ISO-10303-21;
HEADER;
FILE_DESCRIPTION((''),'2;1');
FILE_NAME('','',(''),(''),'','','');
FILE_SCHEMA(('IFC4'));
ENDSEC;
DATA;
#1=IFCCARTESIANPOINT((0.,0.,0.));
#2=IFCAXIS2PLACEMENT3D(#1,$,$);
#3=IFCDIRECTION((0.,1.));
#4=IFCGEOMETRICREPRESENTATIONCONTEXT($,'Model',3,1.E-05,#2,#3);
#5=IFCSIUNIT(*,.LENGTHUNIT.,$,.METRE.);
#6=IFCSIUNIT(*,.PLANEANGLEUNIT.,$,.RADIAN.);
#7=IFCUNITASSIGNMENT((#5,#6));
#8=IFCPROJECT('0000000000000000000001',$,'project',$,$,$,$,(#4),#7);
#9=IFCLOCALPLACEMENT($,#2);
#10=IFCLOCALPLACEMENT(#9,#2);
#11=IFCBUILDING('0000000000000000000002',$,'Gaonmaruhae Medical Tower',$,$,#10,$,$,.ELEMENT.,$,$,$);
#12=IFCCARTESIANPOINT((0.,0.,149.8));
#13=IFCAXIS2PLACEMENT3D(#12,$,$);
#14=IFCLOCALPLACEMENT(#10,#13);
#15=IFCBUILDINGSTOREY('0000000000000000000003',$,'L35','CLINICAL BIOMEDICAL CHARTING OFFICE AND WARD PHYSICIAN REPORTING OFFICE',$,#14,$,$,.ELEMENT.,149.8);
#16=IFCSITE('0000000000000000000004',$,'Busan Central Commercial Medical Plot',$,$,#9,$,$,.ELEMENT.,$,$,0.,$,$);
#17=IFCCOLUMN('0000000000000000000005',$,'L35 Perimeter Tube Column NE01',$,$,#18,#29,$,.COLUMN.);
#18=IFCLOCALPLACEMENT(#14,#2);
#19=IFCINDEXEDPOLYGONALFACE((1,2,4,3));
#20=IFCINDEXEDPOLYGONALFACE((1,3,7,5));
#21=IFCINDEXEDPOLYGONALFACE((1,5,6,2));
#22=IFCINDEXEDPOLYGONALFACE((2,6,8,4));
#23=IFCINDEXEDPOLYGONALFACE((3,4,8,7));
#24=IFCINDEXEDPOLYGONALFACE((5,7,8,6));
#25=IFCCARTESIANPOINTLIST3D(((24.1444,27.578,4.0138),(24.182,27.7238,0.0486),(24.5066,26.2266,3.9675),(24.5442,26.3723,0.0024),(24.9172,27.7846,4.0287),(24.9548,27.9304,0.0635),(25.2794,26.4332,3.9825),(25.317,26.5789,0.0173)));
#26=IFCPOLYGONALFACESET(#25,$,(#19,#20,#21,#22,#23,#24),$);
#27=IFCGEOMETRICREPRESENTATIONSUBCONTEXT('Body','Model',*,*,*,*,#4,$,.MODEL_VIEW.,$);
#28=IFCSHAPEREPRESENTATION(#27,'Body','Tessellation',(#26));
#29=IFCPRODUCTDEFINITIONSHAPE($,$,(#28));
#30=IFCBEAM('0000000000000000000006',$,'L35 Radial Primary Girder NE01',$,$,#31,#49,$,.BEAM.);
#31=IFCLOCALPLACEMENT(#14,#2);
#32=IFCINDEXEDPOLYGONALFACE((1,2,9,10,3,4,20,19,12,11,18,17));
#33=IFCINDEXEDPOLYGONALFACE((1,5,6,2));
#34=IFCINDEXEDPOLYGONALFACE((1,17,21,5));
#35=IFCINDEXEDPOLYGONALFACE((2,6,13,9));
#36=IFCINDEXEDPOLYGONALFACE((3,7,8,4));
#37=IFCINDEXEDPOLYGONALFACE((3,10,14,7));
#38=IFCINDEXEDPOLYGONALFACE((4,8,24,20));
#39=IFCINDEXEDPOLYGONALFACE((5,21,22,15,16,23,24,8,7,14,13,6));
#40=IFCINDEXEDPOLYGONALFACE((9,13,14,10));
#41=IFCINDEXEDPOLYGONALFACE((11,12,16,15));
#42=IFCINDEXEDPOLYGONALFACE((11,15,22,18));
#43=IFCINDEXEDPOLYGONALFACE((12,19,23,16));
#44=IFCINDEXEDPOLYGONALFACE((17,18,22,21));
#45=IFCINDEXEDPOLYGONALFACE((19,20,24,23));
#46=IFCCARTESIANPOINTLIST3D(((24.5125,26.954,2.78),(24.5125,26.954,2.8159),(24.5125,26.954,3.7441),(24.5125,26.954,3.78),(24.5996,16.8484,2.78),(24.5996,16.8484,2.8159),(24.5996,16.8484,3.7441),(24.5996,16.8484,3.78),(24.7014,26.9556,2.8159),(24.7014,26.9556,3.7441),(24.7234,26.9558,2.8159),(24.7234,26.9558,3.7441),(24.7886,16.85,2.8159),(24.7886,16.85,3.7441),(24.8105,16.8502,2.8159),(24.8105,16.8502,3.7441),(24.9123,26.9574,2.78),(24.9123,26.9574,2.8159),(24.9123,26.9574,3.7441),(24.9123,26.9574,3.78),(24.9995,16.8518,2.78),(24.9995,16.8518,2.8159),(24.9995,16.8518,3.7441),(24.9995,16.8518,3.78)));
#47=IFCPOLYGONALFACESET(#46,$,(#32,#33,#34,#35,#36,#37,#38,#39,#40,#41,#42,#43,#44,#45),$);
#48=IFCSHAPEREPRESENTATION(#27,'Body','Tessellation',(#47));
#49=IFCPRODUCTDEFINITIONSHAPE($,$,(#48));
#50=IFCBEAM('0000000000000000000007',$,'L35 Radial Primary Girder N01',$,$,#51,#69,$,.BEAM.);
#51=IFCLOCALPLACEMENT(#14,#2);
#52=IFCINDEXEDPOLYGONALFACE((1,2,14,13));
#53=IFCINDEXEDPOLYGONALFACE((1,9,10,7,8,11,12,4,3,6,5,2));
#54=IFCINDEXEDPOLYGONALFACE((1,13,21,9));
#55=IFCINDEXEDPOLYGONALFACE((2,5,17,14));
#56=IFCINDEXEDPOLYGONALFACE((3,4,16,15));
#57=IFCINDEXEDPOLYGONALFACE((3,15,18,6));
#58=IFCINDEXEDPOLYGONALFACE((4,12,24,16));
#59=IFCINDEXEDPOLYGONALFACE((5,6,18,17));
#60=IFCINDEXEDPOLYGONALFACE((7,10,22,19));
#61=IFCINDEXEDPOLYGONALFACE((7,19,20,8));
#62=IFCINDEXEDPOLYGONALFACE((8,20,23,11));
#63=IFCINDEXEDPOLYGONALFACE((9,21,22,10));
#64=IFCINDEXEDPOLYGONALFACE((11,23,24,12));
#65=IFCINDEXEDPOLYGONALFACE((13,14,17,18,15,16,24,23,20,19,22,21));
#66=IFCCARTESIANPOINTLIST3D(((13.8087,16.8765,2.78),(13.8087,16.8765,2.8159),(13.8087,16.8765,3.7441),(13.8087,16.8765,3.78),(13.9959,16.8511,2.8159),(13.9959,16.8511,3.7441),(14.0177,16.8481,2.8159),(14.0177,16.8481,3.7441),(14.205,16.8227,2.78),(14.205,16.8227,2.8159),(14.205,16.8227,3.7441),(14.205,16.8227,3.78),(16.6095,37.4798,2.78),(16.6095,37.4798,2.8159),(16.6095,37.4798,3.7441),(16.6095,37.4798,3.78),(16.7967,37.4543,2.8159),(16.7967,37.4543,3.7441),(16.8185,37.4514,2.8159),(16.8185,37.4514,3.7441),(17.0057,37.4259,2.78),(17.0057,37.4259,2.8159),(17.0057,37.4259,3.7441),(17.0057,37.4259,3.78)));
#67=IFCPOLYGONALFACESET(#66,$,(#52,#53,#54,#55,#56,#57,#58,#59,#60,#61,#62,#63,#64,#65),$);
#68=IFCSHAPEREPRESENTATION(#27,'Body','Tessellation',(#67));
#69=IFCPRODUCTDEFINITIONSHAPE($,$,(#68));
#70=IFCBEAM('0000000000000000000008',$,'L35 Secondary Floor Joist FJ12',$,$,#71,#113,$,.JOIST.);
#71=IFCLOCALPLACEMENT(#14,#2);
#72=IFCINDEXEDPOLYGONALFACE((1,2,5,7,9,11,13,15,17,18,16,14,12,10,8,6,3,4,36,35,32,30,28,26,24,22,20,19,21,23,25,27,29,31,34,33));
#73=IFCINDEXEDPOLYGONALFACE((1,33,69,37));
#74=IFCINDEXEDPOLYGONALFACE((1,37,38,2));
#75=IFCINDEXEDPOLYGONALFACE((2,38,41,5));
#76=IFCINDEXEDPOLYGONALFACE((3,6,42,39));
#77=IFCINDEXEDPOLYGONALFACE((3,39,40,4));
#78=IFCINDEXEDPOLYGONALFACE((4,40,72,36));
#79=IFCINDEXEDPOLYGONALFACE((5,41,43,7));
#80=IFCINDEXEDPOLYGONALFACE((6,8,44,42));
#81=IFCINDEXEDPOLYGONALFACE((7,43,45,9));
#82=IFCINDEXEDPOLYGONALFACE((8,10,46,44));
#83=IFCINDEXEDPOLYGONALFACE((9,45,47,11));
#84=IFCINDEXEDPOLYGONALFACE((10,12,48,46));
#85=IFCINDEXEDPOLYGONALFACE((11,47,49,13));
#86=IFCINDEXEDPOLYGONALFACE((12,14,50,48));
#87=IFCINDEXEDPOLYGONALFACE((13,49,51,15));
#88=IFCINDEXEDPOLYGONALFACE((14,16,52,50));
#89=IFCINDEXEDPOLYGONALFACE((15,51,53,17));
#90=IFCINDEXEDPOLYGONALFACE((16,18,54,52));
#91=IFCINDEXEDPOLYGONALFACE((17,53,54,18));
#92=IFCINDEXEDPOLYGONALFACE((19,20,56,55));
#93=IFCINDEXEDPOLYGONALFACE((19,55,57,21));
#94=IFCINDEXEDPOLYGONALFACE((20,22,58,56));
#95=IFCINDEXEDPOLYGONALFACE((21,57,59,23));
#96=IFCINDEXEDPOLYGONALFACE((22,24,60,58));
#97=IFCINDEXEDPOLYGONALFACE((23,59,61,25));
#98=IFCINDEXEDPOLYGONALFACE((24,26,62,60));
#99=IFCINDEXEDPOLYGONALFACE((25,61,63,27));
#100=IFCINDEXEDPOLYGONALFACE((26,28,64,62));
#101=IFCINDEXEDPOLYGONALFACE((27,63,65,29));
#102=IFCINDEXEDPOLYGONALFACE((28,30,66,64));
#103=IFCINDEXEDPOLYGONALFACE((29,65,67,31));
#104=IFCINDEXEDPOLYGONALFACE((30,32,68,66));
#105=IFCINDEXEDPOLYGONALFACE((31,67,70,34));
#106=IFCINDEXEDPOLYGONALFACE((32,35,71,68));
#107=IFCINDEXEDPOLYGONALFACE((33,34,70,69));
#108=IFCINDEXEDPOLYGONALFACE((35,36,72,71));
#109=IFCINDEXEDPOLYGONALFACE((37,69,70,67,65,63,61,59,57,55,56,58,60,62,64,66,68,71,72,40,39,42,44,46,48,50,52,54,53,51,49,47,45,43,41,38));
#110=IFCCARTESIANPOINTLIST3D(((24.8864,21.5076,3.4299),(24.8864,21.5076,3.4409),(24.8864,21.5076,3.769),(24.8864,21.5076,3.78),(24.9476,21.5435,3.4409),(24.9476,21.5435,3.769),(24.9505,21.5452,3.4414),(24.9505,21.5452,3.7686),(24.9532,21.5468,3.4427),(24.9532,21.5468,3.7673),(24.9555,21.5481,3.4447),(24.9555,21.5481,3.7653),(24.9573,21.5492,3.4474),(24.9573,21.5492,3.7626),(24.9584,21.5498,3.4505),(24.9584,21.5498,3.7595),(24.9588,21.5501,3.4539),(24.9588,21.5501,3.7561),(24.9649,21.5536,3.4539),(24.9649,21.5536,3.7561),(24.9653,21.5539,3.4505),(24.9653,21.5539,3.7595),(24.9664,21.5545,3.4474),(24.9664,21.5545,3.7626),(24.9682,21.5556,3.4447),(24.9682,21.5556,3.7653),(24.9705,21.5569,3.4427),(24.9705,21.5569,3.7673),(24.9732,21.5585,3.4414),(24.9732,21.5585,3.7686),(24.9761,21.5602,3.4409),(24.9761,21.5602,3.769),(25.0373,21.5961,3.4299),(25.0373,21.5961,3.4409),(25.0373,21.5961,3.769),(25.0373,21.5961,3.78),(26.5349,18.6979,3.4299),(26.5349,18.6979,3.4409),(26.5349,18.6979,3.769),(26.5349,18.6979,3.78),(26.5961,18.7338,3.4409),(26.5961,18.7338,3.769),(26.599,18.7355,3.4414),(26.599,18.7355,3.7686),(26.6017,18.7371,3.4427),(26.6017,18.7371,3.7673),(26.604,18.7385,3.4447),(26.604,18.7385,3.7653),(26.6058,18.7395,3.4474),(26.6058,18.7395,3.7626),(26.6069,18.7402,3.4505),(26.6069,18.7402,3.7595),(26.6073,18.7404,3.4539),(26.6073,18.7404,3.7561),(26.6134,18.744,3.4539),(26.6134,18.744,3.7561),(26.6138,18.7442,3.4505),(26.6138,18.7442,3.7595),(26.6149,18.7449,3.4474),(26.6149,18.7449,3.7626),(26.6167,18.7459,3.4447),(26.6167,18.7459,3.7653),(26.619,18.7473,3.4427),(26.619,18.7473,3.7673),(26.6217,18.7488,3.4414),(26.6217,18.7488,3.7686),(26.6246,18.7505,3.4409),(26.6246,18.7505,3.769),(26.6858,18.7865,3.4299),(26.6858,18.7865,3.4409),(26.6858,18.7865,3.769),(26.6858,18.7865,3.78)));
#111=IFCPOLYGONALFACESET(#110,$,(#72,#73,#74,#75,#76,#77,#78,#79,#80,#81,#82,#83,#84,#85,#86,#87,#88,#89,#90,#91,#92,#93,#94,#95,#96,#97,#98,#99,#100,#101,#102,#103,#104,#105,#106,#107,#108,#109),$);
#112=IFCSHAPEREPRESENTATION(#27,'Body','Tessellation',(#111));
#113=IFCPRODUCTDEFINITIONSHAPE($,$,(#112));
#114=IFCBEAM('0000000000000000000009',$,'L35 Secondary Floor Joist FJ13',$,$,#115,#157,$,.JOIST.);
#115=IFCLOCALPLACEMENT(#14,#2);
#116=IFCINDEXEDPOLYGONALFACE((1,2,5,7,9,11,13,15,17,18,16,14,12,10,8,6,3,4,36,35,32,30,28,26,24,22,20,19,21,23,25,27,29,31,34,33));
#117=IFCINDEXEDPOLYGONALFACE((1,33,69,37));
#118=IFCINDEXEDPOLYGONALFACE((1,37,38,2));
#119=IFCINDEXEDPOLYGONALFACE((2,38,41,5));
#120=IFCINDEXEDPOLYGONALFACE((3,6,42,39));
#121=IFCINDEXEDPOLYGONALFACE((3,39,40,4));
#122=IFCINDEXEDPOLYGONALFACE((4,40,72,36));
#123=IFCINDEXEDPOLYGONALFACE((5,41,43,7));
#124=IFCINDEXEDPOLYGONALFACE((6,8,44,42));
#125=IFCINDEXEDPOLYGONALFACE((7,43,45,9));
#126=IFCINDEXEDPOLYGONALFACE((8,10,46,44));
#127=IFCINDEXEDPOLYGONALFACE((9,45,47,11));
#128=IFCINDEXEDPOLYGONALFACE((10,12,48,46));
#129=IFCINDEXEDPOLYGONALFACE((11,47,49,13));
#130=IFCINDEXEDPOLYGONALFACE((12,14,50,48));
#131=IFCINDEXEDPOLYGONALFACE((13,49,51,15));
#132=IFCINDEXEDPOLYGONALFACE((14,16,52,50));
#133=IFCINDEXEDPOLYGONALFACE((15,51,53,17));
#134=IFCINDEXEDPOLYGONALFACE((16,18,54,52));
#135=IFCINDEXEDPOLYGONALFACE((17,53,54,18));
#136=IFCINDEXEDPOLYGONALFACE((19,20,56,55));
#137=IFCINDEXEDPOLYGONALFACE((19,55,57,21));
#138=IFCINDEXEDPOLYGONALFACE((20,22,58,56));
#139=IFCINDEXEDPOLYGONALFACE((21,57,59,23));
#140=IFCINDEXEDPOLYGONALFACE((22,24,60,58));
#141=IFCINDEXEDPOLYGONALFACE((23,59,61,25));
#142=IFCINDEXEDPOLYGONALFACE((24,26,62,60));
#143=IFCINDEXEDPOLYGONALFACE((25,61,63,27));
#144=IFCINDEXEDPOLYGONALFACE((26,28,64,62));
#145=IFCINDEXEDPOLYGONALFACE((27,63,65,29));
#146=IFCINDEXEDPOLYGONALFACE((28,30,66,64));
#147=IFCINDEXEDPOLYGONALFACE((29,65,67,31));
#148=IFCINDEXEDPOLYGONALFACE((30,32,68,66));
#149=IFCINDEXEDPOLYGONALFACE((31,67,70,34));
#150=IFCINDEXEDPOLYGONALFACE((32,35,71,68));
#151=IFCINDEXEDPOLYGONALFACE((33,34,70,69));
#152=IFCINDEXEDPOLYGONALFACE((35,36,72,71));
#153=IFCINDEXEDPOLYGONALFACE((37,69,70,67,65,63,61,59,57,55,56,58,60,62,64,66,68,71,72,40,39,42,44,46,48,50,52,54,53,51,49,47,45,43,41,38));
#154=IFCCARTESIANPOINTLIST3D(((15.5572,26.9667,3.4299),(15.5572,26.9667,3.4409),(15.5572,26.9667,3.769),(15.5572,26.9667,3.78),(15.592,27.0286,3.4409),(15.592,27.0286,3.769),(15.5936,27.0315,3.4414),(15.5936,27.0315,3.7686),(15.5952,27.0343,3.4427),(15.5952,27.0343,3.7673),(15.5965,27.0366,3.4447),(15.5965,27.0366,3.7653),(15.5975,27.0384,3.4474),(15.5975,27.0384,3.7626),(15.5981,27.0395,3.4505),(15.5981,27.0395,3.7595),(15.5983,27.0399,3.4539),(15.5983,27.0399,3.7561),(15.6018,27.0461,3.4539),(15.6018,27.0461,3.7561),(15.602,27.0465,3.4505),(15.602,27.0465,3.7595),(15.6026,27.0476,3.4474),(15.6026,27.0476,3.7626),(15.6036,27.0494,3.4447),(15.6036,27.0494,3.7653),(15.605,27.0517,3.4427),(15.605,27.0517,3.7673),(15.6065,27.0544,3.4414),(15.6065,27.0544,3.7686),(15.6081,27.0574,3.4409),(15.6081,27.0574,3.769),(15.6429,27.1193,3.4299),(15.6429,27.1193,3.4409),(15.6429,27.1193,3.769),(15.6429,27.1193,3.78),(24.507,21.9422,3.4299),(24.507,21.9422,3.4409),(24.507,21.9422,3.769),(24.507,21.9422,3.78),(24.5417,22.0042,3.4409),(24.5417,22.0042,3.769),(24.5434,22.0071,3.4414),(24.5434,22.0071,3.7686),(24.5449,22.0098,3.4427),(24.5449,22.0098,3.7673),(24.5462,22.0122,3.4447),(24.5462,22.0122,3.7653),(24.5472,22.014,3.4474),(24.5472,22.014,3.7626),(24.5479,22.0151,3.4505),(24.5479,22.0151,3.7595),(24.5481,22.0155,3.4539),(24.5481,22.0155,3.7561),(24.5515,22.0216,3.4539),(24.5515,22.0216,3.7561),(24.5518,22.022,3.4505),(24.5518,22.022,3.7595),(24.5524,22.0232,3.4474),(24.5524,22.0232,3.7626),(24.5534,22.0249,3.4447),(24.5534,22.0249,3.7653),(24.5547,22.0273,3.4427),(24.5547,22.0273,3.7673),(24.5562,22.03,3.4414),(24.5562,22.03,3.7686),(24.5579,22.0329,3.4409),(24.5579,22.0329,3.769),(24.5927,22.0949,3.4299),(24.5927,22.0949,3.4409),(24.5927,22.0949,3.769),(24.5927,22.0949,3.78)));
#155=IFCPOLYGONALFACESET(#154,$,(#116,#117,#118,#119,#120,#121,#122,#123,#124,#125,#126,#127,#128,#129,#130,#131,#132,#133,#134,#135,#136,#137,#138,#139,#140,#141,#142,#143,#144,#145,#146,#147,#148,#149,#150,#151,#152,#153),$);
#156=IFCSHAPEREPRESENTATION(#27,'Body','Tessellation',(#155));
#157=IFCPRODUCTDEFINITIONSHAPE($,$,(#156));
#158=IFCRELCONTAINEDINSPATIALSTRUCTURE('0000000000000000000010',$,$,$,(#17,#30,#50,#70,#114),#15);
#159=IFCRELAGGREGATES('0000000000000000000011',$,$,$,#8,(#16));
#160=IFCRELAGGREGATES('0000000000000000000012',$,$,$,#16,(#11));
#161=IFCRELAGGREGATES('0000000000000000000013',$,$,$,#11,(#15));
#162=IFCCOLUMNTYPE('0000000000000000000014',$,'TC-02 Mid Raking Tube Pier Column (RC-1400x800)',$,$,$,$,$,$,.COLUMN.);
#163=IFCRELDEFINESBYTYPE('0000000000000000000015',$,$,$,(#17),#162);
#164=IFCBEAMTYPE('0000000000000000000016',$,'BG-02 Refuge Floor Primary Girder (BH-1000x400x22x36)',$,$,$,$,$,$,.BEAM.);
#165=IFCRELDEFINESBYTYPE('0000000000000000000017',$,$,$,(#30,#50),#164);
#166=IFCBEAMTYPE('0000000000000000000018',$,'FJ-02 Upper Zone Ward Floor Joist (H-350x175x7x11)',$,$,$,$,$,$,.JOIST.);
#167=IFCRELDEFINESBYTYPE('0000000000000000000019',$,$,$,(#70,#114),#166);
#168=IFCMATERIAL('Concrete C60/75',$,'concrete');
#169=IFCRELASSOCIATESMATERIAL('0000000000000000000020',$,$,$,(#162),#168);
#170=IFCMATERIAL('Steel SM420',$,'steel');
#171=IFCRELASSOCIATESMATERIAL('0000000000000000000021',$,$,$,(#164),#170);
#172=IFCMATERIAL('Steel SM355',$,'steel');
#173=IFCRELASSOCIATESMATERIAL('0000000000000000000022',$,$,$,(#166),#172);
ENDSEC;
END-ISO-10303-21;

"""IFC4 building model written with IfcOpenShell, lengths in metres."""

from ifc_helpers import new_model, si_unit, direction, frame, origin, origin_2d, place, context, subcontext, project, spatial, rectangle, i_section, extrude, material, material_profile, profile_set, type_object, element, save


model = new_model("IFC4")

# Units and contexts
model_context = context("Model", 3, precision=1e-05, world=origin(), true_north=direction((0.0, 1.0)))
body_context = subcontext(model_context, "Body", "Model", "MODEL_VIEW")
ifc_project = project(units=[si_unit("LENGTHUNIT", "METRE"), si_unit("PLANEANGLEUNIT", "RADIAN")], contexts=[model_context])

# Site, building, storey
site_placement = place(None, origin())
site = spatial("IfcSite", under=ifc_project, at=site_placement, Name="Busan Central Commercial Medical Plot", CompositionType="ELEMENT", RefElevation=0.0)
building_placement = place(site_placement, origin())
building = spatial("IfcBuilding", under=site, at=building_placement, Name="Gaonmaruhae Medical Tower", CompositionType="ELEMENT")
storey_placement = place(building_placement, frame((0.0, 0.0, 149.8)))
storey = spatial("IfcBuildingStorey", under=building, at=storey_placement, Name="L35", Description="CLINICAL BIOMEDICAL CHARTING OFFICE AND WARD PHYSICIAN REPORTING OFFICE", CompositionType="ELEMENT", Elevation=149.8)

# Column
ifc_material_1 = material(Name="Concrete C60/75", Category="concrete")
ifc_material_profile_1 = material_profile(ifc_material_1, rectangle(XDim=1.3999, YDim=0.8, at=origin_2d()), Name="RC-1400x800")
ifc_profile_set_1 = profile_set([ifc_material_profile_1], Name="Concrete C60/75")
column_type = type_object("IfcColumnType", Name="TC-02 Mid Raking Tube Pier Column (RC-1400x800)", PredefinedType="COLUMN", material=ifc_profile_set_1)
column_placement = place(storey_placement, frame((24.7495, 27.1514, 0.033), z_axis=(-0.009475, -0.036732, 0.99928), x_axis=(-0.258731, 0.965384, 0.033033)))
element("IfcColumn", 1, at=column_placement, inside=storey, type_object=column_type, Name="L35 Perimeter Tube Column NE01", PredefinedType="COLUMN", context=body_context, shape_type="SweptSolid", body=[
    extrude(rectangle(XDim=1.3999, YDim=0.8, at=origin_2d()), origin(), (0.0, 0.0, 1.0), 3.968),
])

# Beams
ifc_material_2 = material(Name="Steel SM420", Category="steel")
ifc_material_profile_2 = material_profile(ifc_material_2, i_section(OverallWidth=0.3999, OverallDepth=1.0, WebThickness=0.022, FlangeThickness=0.0359, at=origin_2d()), Name="BH-1000x400x22x36")
ifc_profile_set_2 = profile_set([ifc_material_profile_2], Name="Steel SM420")
beam_type_1 = type_object("IfcBeamType", Name="BG-02 Refuge Floor Primary Girder (BH-1000x400x22x36)", PredefinedType="BEAM", material=ifc_profile_set_2)
beam_1_placement = place(storey_placement, frame((24.7996, 16.8501, 3.28), z_axis=(-0.008625, 0.999963, 0.0), x_axis=(-0.999963, -0.008625, 0.0)))
element("IfcBeam", 2, at=beam_1_placement, inside=storey, type_object=beam_type_1, Name="L35 Radial Primary Girder NE01", PredefinedType="BEAM", context=body_context, shape_type="SweptSolid", body=[
    extrude(i_section(OverallWidth=0.3999, OverallDepth=1.0, WebThickness=0.022, FlangeThickness=0.0359, at=origin_2d()), origin(), (0.0, 0.0, 1.0), 10.106),
])
beam_2_placement = place(storey_placement, frame((14.0068, 16.8496, 3.28), z_axis=(0.1347, 0.990886, 0.0), x_axis=(-0.990886, 0.1347, 0.0)))
element("IfcBeam", 3, at=beam_2_placement, inside=storey, type_object=beam_type_1, Name="L35 Radial Primary Girder N01", PredefinedType="BEAM", context=body_context, shape_type="SweptSolid", body=[
    extrude(i_section(OverallWidth=0.3999, OverallDepth=1.0, WebThickness=0.022, FlangeThickness=0.0359, at=origin_2d()), origin(), (0.0, 0.0, 1.0), 20.7927),
])
ifc_material_3 = material(Name="Steel SM355", Category="steel")
ifc_material_profile_3 = material_profile(ifc_material_3, i_section(OverallWidth=0.175, OverallDepth=0.3501, WebThickness=0.0071, FlangeThickness=0.011, FilletRadius=0.0129, at=origin_2d()), Name="H-350x175x7x11")
ifc_profile_set_3 = profile_set([ifc_material_profile_3], Name="Steel SM355")
beam_type_2 = type_object("IfcBeamType", Name="FJ-02 Upper Zone Ward Floor Joist (H-350x175x7x11)", PredefinedType="JOIST", material=ifc_profile_set_3)
beam_3_placement = place(storey_placement, frame((26.6104, 18.7422, 3.605), z_axis=(-0.50605, 0.862504, 0.0), x_axis=(-0.862504, -0.50605, 0.0)))
element("IfcBeam", 4, at=beam_3_placement, inside=storey, type_object=beam_type_2, Name="L35 Secondary Floor Joist FJ12", PredefinedType="JOIST", context=body_context, shape_type="SweptSolid", body=[
    extrude(i_section(OverallWidth=0.175, OverallDepth=0.3501, WebThickness=0.0071, FlangeThickness=0.011, FilletRadius=0.0129, at=origin_2d()), origin(), (0.0, 0.0, 1.0), 3.2576),
])
beam_4_placement = place(storey_placement, frame((24.5498, 22.0186, 3.605), z_axis=(-0.871983, 0.489536, 0.0), x_axis=(-0.489536, -0.871983, 0.0)))
element("IfcBeam", 5, at=beam_4_placement, inside=storey, type_object=beam_type_2, Name="L35 Secondary Floor Joist FJ13", PredefinedType="JOIST", context=body_context, shape_type="SweptSolid", body=[
    extrude(i_section(OverallWidth=0.175, OverallDepth=0.3501, WebThickness=0.0071, FlangeThickness=0.011, FilletRadius=0.0129, at=origin_2d()), origin(), (0.0, 0.0, 1.0), 10.2637),
])

save(model, "model.ifc")
